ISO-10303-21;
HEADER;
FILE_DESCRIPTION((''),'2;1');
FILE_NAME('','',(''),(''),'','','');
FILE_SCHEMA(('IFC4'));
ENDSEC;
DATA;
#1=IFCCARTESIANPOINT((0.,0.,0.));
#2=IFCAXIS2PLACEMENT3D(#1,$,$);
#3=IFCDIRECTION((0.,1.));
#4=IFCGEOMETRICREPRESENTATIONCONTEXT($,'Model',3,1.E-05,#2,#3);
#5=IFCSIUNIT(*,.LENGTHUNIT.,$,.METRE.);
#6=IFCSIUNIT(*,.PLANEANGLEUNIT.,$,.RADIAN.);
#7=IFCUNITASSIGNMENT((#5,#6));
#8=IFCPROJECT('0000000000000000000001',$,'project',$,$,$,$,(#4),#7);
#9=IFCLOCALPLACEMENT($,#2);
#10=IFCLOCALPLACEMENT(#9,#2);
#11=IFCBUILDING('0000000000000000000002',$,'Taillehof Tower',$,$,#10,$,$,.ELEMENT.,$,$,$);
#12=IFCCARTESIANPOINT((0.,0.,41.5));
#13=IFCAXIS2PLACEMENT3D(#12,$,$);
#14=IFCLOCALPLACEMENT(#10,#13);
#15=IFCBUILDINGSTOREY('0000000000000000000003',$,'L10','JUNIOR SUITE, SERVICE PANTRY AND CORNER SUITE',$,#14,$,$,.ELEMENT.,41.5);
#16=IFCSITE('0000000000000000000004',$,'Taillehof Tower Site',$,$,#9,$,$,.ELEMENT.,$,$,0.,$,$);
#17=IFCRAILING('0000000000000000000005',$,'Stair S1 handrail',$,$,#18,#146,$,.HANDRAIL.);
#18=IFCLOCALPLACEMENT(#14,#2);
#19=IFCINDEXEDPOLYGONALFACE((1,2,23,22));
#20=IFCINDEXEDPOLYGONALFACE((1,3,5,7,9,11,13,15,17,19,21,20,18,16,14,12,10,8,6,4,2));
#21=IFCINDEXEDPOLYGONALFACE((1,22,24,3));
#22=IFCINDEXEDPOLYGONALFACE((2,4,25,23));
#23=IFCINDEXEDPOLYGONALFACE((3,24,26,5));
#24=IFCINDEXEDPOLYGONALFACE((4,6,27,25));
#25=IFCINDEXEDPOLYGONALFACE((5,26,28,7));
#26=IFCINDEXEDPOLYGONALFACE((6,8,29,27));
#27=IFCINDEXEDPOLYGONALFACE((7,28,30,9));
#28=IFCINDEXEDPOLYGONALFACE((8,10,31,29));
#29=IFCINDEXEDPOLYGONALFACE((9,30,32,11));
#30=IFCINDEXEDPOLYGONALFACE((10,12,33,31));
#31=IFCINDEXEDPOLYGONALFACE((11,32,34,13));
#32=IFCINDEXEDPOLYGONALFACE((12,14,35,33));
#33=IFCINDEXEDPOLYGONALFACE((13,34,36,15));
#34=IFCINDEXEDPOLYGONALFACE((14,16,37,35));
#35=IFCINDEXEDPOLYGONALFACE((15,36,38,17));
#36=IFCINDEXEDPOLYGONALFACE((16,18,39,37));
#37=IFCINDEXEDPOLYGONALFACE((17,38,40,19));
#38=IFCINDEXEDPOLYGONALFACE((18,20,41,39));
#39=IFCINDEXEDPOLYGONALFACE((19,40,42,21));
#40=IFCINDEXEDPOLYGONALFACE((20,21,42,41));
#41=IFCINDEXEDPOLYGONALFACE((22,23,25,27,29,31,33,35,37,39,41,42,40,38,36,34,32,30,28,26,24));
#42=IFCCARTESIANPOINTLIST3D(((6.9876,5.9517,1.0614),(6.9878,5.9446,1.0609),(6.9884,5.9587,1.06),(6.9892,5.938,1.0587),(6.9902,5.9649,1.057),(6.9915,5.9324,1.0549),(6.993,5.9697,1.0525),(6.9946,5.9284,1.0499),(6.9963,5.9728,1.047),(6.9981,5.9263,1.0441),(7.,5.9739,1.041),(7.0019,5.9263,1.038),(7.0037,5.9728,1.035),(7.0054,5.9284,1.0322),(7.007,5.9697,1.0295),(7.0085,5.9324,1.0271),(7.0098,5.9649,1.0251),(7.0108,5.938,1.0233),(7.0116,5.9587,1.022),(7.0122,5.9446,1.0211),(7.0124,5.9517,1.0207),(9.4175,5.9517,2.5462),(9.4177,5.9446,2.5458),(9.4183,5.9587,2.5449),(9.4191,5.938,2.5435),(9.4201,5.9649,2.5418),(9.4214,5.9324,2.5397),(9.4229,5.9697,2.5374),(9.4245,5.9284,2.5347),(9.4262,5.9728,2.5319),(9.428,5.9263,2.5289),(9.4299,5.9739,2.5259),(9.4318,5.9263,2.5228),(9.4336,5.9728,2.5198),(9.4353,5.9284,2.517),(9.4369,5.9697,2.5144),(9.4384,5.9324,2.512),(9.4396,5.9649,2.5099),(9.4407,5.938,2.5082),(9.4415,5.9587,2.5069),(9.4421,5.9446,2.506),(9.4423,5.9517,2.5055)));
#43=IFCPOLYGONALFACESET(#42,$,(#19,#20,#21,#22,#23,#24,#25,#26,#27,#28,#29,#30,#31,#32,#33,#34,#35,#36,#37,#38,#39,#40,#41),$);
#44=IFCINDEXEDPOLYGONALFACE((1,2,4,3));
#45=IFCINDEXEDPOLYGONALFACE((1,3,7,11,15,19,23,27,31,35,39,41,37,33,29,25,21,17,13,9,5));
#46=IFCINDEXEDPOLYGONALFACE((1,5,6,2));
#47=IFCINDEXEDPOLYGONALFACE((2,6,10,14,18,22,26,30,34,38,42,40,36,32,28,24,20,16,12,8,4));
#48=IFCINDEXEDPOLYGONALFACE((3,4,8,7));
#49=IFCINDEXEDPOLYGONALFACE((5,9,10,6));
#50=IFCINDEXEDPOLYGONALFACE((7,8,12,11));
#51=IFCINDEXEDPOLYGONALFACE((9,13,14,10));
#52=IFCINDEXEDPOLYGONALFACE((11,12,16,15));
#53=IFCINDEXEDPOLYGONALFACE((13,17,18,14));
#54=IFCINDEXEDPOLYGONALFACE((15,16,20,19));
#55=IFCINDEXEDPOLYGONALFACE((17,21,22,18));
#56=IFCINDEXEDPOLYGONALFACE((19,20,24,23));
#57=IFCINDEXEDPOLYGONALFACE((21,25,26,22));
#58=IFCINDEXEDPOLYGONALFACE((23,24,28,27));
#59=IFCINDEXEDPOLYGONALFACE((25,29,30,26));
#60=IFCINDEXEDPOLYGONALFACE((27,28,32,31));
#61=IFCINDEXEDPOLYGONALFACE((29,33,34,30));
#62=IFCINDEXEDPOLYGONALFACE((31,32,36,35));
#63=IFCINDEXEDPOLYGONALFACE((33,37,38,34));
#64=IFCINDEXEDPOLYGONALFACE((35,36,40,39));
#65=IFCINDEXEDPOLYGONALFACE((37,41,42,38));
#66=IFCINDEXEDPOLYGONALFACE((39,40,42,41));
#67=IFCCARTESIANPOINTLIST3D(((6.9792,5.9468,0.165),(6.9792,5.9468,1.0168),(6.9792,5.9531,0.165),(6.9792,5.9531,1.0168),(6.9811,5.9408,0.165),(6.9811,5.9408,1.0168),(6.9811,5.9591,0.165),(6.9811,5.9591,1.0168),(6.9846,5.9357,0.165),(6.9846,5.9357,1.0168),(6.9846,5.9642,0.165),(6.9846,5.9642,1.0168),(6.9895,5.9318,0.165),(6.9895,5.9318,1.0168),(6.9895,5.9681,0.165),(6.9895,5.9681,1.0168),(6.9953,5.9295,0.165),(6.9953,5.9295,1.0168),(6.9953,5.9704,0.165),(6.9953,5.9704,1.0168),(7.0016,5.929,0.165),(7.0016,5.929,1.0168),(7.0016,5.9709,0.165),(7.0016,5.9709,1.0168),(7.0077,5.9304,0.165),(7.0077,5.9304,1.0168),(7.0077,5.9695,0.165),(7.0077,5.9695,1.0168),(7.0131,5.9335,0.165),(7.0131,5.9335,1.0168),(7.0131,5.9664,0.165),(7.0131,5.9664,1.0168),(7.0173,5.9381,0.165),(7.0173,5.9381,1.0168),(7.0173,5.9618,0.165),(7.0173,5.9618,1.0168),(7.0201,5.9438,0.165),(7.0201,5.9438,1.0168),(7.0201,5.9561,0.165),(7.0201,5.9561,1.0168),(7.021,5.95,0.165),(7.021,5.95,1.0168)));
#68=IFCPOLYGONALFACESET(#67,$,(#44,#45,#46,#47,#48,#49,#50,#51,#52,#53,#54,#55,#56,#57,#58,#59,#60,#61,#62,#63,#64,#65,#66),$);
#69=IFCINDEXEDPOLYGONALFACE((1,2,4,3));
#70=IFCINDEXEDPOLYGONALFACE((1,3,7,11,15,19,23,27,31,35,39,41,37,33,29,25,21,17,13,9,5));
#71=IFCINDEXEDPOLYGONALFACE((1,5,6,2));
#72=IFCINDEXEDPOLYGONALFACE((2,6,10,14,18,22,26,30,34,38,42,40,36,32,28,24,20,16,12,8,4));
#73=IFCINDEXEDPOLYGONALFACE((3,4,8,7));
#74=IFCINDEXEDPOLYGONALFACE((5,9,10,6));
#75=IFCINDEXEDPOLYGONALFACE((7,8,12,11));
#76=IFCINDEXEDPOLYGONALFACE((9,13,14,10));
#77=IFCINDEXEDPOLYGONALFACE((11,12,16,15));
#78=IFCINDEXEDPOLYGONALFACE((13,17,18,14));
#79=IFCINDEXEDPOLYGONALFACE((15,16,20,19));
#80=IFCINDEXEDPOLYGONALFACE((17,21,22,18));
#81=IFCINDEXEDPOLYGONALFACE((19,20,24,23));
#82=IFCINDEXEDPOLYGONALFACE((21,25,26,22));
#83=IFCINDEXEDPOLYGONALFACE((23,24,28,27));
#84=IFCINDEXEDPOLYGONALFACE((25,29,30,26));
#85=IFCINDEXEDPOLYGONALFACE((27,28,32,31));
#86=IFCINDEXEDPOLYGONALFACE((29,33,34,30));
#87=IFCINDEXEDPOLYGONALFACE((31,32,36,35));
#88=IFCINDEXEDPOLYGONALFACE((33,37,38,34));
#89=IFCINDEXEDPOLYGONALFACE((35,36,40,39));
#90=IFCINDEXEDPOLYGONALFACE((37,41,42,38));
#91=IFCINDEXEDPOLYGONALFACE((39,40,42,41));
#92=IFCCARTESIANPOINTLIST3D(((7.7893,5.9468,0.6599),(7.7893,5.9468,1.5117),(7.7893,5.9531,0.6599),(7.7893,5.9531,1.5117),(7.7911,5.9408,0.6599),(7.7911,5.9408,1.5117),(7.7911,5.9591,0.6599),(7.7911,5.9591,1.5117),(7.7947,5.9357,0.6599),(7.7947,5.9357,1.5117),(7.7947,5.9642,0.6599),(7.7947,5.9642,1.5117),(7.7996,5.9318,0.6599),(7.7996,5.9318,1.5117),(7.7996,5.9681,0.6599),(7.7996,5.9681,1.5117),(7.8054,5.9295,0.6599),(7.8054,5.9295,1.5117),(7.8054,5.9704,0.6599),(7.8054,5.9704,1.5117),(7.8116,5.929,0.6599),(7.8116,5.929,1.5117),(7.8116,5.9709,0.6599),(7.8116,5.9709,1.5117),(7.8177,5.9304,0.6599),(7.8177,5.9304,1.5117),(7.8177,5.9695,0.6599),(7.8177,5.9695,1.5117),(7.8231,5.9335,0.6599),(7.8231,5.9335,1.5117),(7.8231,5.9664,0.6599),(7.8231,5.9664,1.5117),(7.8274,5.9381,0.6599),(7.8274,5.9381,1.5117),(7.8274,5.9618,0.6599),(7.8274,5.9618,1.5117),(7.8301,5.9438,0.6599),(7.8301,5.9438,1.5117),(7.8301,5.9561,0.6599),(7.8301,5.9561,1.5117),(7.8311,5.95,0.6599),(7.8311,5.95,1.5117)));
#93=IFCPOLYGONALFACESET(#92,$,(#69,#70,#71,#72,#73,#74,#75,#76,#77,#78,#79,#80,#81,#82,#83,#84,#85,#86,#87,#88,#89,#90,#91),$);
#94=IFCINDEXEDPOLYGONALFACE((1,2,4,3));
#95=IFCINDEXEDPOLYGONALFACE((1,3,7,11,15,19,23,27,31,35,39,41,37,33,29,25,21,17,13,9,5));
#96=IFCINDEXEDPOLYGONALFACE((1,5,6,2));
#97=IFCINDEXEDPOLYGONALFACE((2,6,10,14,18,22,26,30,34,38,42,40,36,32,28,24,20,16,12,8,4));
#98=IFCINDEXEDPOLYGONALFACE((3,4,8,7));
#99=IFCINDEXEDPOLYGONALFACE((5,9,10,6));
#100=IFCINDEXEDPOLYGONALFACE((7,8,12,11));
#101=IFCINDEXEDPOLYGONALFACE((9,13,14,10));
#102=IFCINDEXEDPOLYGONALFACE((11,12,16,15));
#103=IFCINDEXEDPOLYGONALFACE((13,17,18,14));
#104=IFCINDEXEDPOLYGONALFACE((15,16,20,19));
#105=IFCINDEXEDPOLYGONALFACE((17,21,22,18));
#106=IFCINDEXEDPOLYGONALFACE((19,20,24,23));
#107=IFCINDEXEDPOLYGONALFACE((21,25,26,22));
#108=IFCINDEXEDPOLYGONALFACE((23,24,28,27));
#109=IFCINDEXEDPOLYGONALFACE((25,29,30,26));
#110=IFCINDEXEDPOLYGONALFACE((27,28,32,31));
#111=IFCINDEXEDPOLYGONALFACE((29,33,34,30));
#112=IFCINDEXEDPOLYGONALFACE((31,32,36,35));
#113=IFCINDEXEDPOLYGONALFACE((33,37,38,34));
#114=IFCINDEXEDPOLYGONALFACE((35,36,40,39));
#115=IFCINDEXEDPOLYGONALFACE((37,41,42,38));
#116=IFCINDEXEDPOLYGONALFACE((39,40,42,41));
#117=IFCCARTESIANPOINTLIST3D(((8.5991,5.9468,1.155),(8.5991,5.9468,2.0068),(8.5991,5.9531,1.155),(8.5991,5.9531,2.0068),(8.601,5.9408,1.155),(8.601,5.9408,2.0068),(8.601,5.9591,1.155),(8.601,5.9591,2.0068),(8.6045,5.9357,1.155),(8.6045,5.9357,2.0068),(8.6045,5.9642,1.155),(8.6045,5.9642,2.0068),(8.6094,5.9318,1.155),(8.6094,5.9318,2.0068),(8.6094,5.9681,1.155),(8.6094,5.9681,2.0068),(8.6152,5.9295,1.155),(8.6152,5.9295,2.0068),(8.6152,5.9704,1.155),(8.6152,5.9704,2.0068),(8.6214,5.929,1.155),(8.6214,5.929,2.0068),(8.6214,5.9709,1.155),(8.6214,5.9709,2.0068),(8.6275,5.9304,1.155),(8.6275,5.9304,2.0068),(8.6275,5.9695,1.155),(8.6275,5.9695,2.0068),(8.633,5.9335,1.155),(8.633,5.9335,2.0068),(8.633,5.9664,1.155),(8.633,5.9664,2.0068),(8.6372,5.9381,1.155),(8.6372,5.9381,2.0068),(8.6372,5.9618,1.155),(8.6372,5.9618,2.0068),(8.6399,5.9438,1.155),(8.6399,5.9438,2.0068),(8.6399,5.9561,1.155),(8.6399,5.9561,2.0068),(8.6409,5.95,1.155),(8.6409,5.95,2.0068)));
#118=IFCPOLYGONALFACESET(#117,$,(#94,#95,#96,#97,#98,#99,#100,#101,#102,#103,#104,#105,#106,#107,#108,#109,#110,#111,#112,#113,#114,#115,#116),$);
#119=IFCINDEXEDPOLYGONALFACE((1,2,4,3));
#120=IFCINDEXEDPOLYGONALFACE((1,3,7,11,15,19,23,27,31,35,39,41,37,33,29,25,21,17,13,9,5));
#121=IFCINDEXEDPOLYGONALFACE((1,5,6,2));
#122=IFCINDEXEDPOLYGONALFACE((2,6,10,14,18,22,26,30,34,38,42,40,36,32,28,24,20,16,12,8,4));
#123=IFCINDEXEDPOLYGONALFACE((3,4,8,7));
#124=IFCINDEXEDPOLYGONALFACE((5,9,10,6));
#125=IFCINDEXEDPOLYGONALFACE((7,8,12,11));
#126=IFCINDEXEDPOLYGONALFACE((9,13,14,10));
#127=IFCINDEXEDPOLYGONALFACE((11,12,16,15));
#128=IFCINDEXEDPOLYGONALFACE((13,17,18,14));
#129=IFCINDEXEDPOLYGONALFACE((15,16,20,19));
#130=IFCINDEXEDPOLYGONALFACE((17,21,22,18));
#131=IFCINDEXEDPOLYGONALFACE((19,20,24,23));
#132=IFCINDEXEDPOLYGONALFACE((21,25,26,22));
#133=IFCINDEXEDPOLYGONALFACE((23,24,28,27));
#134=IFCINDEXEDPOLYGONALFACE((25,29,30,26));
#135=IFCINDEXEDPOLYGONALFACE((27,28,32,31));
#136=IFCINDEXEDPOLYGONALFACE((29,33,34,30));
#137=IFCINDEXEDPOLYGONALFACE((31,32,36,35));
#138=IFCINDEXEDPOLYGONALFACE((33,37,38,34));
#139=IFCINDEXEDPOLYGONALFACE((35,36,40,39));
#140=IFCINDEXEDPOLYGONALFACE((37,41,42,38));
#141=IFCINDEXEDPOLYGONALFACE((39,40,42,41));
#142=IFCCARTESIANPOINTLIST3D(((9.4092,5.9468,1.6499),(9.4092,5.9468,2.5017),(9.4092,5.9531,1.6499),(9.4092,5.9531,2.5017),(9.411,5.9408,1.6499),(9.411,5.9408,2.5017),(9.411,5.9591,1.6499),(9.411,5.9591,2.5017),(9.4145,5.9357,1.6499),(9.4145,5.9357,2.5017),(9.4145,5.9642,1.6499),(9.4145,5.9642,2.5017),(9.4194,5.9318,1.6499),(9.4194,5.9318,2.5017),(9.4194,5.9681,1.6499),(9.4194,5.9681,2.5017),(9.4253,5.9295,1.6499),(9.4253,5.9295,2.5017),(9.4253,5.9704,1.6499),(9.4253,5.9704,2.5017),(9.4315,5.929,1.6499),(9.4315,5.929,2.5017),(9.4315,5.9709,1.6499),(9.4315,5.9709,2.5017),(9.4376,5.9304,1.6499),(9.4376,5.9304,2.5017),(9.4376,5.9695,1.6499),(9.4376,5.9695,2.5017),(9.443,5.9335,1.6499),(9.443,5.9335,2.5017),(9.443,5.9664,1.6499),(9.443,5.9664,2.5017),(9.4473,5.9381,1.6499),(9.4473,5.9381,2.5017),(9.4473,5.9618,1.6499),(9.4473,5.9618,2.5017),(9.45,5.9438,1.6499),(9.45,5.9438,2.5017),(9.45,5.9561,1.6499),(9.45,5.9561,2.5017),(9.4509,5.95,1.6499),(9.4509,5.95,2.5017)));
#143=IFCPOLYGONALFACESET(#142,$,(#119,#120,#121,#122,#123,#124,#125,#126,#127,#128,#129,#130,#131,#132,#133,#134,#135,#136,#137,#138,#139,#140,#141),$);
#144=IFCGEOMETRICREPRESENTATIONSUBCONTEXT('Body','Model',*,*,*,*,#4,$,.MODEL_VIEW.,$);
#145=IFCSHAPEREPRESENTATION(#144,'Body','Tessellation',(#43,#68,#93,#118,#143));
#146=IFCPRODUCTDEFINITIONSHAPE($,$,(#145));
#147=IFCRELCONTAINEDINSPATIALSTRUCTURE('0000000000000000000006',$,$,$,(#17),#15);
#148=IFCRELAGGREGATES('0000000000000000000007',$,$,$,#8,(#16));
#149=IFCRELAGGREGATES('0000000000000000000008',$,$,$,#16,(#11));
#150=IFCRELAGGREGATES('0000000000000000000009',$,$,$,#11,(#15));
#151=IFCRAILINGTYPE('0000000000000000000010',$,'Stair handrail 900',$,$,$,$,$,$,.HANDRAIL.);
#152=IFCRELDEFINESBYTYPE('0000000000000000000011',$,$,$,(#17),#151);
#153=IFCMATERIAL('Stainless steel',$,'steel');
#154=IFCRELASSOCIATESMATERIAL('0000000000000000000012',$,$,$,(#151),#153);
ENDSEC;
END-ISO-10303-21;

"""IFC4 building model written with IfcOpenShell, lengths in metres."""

from ifc_helpers import new_model, si_unit, direction, frame, origin, origin_2d, place, context, subcontext, project, spatial, circle, extrude, material, type_object, element, save


model = new_model("IFC4")

# Units and contexts
model_context = context("Model", 3, precision=1e-05, world=origin(), true_north=direction((0.0, 1.0)))
body_context = subcontext(model_context, "Body", "Model", "MODEL_VIEW")
ifc_project = project(units=[si_unit("LENGTHUNIT", "METRE"), si_unit("PLANEANGLEUNIT", "RADIAN")], contexts=[model_context])

# Site, building, storey
site_placement = place(None, origin())
site = spatial("IfcSite", under=ifc_project, at=site_placement, Name="Taillehof Tower Site", CompositionType="ELEMENT", RefElevation=0.0)
building_placement = place(site_placement, origin())
building = spatial("IfcBuilding", under=site, at=building_placement, Name="Taillehof Tower", CompositionType="ELEMENT")
storey_placement = place(building_placement, frame((0.0, 0.0, 41.5)))
storey = spatial("IfcBuildingStorey", under=building, at=storey_placement, Name="L10", Description="JUNIOR SUITE, SERVICE PANTRY AND CORNER SUITE", CompositionType="ELEMENT", Elevation=41.5)

# Railing
ifc_material_1 = material(Name="Stainless steel", Category="steel")
railing_type = type_object("IfcRailingType", Name="Stair handrail 900", PredefinedType="HANDRAIL", material=ifc_material_1)
railing_1_placement = place(storey_placement, frame((7.0, 5.95, 0.165)))
element("IfcRailing", 1, at=railing_1_placement, inside=storey, type_object=railing_type, Name="Stair S1 handrail", PredefinedType="HANDRAIL", context=body_context, shape_type="SweptSolid", body=[
    extrude(circle(Radius=0.0239, at=origin_2d()), frame((0.0, 0.0, 0.876), z_axis=(0.853297, 0.0, 0.521426), x_axis=(0.0, 1.0, 0.0)), (0.0, 0.0, 1.0), 2.8477),
    extrude(circle(Radius=0.021, at=origin_2d()), origin(), (0.0, 0.0, 1.0), 0.8518),
    extrude(circle(Radius=0.021, at=origin_2d()), frame((0.8101, 0.0, 0.4949)), (0.0, 0.0, 1.0), 0.8518),
    extrude(circle(Radius=0.021, at=origin_2d()), frame((1.6199, 0.0, 0.99)), (0.0, 0.0, 1.0), 0.8518),
    extrude(circle(Radius=0.021, at=origin_2d()), frame((2.4299, 0.0, 1.4849)), (0.0, 0.0, 1.0), 0.8518),
])

save(model, "model.ifc")
